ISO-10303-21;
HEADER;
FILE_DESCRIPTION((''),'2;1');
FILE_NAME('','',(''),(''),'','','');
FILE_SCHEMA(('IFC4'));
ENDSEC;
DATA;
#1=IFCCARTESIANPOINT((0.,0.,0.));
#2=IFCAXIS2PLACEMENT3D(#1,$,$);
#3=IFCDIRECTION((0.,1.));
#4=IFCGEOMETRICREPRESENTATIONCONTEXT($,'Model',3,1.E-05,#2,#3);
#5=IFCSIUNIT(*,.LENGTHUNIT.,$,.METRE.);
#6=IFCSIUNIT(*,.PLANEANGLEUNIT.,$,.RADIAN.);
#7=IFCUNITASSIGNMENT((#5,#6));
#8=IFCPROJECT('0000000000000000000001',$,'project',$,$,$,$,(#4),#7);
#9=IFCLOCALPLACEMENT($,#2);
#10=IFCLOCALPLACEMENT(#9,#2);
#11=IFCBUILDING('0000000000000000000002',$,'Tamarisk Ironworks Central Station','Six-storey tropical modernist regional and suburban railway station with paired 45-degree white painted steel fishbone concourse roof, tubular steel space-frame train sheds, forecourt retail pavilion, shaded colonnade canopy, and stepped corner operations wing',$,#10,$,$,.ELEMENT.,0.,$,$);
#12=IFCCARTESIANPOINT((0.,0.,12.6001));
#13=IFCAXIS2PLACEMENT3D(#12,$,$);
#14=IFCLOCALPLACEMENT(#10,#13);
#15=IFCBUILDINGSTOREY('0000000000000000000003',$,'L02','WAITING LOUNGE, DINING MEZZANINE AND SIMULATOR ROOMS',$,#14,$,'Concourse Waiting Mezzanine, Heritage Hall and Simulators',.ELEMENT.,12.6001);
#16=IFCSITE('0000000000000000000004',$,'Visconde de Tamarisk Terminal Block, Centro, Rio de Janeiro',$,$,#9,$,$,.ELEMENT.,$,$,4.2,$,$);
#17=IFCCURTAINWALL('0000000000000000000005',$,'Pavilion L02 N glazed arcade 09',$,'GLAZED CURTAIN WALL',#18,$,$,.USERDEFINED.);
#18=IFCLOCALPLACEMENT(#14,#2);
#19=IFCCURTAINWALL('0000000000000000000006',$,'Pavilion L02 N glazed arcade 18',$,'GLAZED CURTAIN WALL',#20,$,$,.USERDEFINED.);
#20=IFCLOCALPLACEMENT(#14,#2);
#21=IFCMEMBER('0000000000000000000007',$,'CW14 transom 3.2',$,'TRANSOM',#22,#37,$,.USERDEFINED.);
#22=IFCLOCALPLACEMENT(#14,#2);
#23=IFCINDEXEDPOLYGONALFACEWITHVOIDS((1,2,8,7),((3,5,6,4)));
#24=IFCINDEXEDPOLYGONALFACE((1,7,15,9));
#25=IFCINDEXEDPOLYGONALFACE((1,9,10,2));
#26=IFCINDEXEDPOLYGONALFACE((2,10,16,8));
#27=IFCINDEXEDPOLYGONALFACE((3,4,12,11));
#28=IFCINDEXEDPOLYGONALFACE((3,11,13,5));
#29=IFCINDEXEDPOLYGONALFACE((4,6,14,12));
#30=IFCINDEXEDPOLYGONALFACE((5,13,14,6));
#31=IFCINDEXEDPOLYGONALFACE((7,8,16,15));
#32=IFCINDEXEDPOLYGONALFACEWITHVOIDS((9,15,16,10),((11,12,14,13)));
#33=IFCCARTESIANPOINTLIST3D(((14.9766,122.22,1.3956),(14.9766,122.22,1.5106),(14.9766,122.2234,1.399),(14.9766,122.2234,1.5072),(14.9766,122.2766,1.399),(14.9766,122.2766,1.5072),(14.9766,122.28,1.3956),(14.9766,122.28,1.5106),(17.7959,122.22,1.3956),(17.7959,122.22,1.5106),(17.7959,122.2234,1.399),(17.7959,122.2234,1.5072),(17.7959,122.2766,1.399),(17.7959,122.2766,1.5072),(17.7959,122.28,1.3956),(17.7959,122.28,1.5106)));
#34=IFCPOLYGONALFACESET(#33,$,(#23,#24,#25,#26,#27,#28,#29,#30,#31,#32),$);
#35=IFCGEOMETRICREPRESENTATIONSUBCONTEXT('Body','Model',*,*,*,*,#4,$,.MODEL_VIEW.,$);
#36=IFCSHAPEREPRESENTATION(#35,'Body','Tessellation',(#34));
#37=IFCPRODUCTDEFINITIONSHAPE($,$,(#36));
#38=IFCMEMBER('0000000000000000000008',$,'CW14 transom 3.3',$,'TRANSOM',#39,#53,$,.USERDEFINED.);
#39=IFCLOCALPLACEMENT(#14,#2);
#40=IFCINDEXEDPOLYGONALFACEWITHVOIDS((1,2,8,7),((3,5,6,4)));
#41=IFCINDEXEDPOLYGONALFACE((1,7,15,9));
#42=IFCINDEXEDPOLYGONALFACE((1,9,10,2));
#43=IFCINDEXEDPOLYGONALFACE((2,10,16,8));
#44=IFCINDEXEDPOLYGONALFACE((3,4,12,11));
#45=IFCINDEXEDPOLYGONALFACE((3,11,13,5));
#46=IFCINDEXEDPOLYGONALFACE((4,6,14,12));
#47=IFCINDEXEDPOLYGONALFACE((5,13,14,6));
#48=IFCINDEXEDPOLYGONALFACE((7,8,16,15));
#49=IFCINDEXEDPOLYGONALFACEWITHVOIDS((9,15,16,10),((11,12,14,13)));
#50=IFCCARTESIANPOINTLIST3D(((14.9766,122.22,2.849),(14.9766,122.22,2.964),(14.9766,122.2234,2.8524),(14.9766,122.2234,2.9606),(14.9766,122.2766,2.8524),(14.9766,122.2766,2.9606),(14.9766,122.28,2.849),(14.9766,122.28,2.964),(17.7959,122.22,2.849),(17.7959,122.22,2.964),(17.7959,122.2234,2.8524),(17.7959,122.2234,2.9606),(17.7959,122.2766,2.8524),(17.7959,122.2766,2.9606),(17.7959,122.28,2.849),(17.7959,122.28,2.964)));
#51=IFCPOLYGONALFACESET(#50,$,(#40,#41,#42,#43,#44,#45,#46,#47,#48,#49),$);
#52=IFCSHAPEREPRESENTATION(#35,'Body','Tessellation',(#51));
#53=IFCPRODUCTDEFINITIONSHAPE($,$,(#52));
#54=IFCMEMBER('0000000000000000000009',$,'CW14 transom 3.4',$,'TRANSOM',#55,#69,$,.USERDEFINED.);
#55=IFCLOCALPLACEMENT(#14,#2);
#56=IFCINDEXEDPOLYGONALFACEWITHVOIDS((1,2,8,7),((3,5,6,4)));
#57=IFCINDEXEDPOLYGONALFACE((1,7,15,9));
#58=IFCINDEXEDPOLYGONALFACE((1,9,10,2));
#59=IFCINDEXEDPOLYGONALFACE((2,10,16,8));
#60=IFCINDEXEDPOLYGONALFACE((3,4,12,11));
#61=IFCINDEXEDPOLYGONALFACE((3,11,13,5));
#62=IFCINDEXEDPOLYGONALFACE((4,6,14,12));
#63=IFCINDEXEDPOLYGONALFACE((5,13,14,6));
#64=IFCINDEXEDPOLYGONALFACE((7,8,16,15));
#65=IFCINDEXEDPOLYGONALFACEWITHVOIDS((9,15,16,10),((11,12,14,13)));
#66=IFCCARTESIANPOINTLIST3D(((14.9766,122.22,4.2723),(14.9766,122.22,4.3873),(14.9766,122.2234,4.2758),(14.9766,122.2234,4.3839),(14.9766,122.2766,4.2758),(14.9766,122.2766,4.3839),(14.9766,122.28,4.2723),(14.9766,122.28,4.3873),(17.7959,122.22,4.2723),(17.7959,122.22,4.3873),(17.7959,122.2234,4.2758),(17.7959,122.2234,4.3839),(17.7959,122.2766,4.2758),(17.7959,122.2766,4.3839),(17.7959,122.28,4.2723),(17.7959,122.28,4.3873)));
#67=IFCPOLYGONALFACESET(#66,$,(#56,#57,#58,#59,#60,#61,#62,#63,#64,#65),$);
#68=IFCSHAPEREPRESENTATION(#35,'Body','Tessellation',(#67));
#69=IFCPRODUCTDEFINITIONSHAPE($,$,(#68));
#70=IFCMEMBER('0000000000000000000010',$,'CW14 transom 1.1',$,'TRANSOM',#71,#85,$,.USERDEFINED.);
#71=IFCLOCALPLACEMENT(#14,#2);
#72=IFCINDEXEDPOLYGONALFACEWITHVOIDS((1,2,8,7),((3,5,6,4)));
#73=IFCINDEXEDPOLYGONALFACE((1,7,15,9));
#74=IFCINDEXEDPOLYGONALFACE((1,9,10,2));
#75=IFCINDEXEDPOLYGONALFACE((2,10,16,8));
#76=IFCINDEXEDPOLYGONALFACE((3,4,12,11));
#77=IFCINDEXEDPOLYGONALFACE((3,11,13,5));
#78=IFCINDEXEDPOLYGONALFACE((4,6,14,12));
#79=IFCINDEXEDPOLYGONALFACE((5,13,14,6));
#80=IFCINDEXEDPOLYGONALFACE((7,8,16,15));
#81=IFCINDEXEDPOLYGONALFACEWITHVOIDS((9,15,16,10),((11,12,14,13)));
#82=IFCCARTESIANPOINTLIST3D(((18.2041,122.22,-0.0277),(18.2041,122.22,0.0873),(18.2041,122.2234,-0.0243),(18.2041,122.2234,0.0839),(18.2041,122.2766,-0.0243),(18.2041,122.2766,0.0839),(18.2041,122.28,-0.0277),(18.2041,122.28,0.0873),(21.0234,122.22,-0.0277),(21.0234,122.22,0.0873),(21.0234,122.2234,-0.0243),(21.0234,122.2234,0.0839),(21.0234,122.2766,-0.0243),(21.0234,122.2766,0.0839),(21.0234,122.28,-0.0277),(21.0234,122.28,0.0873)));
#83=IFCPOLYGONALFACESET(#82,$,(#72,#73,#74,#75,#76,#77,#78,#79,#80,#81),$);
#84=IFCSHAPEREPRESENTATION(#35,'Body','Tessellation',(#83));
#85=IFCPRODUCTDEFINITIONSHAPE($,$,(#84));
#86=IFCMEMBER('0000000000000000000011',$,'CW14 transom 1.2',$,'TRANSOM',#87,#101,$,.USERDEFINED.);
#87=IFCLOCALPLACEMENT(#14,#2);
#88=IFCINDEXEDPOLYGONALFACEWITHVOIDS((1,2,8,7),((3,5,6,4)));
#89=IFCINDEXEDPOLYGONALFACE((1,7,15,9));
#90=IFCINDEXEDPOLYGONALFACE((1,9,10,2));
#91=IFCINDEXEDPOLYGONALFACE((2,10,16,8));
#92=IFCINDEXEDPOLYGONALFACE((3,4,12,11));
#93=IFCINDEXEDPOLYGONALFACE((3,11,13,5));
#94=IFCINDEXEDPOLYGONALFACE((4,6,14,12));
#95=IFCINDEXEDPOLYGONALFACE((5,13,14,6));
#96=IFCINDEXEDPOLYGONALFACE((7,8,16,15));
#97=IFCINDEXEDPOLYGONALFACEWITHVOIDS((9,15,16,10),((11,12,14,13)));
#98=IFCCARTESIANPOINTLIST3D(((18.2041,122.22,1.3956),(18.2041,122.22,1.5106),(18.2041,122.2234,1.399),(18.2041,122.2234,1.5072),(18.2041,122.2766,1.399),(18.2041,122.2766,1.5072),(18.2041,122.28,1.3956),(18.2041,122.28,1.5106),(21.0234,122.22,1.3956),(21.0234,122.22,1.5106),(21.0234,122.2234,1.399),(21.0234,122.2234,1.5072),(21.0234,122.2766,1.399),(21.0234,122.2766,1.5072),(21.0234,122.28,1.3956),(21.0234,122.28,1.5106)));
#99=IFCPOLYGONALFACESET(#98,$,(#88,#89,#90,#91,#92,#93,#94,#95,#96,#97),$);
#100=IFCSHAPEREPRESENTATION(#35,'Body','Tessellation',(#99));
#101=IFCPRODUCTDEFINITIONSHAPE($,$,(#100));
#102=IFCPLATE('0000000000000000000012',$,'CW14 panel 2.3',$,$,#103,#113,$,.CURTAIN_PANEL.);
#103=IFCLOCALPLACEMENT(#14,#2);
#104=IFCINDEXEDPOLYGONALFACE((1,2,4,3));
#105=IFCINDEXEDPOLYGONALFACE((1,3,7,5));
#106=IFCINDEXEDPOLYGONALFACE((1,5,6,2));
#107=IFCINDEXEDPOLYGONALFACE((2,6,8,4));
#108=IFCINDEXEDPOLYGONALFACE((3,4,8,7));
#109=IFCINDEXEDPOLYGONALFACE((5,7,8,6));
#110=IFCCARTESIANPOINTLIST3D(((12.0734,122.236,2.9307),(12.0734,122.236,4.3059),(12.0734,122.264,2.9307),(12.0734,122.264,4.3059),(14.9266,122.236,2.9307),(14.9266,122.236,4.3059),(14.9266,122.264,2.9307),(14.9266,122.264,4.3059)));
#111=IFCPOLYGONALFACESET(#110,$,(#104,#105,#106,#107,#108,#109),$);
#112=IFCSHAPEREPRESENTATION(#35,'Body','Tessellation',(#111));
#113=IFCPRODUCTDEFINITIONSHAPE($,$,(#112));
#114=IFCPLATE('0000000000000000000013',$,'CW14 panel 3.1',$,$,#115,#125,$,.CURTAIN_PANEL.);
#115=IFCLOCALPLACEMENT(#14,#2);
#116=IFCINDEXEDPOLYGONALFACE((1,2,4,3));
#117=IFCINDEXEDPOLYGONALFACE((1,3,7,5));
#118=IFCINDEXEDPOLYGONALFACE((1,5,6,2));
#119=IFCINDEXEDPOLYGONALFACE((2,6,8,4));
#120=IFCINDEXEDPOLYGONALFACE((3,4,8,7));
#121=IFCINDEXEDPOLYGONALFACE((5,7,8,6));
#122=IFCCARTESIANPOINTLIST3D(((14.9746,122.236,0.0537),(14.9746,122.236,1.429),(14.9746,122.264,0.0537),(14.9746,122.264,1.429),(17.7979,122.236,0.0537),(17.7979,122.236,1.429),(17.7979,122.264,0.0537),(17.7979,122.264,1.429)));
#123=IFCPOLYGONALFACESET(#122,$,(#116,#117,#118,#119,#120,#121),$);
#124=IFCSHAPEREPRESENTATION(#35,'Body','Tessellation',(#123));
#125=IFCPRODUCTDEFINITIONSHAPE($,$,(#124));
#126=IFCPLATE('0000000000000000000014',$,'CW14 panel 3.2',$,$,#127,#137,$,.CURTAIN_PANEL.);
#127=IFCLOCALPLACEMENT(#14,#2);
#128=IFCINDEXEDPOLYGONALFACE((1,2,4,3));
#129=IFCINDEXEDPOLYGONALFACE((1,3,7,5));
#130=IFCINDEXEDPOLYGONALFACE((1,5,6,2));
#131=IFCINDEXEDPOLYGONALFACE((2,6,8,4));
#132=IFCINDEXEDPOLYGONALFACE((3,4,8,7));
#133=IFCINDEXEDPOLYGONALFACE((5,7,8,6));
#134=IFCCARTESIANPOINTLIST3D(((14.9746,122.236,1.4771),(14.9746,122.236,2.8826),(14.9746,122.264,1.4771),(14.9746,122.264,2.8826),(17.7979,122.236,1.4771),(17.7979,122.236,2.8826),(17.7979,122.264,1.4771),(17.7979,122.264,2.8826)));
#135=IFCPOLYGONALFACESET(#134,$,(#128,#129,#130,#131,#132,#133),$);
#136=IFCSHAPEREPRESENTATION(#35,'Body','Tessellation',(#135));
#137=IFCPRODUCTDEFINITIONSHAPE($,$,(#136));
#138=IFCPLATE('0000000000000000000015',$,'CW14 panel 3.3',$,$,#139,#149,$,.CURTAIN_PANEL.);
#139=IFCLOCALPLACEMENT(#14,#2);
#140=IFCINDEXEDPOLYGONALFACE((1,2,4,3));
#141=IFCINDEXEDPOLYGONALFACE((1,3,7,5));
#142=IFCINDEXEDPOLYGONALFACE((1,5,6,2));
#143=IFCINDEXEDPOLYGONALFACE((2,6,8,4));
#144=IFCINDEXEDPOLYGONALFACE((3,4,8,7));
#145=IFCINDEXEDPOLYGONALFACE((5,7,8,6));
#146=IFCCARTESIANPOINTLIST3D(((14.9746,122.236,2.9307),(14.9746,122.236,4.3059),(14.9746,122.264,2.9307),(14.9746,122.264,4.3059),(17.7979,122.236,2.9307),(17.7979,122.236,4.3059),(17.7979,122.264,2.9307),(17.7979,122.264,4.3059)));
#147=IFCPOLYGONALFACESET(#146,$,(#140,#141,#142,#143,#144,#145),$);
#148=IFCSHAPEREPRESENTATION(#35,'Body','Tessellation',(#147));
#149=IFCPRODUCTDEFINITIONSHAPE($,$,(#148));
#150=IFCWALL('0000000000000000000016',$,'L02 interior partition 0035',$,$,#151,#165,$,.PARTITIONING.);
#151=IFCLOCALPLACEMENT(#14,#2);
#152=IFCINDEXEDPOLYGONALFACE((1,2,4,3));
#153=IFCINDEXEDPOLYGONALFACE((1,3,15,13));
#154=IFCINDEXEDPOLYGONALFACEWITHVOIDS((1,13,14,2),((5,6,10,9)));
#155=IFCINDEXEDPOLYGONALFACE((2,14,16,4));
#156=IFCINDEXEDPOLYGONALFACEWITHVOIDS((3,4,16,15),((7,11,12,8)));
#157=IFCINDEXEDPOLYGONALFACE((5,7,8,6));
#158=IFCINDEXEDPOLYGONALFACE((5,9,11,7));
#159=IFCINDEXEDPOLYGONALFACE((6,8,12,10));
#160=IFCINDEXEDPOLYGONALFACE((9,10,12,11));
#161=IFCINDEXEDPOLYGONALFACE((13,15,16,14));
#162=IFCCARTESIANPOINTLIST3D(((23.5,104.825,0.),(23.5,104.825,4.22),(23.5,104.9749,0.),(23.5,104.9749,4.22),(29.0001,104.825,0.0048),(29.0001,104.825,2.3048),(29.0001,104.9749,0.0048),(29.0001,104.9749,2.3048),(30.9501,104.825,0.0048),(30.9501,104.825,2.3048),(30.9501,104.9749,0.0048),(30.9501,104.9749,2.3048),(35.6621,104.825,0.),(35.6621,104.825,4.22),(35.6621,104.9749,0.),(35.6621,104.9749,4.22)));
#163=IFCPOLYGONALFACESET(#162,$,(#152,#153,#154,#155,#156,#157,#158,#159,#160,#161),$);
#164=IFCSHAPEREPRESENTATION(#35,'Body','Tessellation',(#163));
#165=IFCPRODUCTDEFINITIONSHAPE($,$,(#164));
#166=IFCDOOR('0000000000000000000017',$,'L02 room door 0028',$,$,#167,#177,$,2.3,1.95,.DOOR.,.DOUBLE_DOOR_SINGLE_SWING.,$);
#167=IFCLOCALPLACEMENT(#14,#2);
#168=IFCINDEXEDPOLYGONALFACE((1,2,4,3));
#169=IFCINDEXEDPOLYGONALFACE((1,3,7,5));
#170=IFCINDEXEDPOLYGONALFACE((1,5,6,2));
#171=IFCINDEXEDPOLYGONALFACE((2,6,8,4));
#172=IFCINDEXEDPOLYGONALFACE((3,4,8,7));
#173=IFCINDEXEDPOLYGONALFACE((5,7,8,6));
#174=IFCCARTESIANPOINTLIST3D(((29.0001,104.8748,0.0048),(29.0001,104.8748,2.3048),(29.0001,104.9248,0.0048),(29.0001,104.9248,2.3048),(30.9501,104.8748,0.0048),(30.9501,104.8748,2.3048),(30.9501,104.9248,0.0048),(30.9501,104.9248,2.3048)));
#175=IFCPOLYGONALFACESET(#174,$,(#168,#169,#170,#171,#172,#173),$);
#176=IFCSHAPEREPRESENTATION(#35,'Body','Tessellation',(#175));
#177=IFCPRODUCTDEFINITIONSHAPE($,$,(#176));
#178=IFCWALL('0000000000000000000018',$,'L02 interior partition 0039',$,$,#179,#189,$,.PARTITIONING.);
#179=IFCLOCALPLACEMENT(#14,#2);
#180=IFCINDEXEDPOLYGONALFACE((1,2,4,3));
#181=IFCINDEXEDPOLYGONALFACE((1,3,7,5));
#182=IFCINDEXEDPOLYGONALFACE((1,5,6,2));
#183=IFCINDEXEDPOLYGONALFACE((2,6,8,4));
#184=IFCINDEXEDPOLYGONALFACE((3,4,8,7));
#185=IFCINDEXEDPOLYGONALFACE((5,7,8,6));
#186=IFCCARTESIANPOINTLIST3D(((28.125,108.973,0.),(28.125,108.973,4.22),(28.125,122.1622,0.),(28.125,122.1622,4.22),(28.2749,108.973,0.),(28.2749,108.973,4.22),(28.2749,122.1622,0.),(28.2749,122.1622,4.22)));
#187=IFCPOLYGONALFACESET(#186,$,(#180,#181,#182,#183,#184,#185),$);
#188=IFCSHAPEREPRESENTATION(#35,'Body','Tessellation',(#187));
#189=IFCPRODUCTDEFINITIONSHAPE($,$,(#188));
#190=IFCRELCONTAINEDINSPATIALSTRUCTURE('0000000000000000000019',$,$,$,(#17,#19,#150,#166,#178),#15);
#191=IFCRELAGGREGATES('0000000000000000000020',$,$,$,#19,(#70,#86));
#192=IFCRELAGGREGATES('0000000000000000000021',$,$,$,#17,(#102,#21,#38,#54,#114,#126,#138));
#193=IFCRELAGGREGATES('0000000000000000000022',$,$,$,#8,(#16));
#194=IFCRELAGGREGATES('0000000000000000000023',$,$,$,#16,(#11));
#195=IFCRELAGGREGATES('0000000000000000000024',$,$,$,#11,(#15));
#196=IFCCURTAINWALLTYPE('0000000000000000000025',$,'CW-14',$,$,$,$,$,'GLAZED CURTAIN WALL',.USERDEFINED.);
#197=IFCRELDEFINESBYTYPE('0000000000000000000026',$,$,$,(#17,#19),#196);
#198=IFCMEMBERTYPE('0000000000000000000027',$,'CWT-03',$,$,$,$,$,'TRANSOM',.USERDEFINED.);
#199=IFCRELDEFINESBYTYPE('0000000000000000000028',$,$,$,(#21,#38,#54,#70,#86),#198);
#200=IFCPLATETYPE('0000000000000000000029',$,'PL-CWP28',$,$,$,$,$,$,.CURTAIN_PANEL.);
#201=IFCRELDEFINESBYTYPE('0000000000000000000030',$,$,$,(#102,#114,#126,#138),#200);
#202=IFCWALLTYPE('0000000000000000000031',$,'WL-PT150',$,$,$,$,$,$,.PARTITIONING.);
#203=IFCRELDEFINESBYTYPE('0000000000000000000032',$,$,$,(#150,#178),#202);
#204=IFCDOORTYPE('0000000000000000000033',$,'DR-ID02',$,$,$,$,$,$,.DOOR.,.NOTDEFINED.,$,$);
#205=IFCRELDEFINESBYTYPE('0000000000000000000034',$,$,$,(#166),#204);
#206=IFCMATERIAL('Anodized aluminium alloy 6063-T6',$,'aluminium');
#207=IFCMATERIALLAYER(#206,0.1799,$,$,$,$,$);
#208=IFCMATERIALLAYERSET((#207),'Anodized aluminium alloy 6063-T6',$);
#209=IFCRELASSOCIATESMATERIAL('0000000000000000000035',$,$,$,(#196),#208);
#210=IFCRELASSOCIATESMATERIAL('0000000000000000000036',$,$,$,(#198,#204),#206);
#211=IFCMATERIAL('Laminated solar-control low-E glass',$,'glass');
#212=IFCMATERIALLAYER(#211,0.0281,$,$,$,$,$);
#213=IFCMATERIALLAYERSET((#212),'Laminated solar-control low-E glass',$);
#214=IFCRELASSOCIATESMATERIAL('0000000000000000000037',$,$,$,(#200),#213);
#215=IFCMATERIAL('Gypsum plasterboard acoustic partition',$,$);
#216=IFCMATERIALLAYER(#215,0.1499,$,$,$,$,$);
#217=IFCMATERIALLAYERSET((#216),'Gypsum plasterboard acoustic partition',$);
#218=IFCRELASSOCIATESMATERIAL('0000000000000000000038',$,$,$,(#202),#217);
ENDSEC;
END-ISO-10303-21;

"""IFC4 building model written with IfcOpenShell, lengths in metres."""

from ifc_helpers import new_model, si_unit, direction, frame, frame_2d, origin, origin_2d, place, context, subcontext, project, spatial, rectangle, hollow_rectangle, extrude, material, layer, layer_set, material_profile, profile_set, type_object, element, fill, aggregate, save


model = new_model("IFC4")

# Units and contexts
model_context = context("Model", 3, precision=1e-05, world=origin(), true_north=direction((0.0, 1.0)))
body_context = subcontext(model_context, "Body", "Model", "MODEL_VIEW")
ifc_project = project(units=[si_unit("LENGTHUNIT", "METRE"), si_unit("PLANEANGLEUNIT", "RADIAN")], contexts=[model_context])

# Site, building, storey
site_placement = place(None, origin())
site = spatial("IfcSite", under=ifc_project, at=site_placement, Name="Visconde de Tamarisk Terminal Block, Centro, Rio de Janeiro", CompositionType="ELEMENT", RefElevation=4.2)
building_placement = place(site_placement, origin())
building = spatial("IfcBuilding", under=site, at=building_placement, Name="Tamarisk Ironworks Central Station", Description="Six-storey tropical modernist regional and suburban railway station with paired 45-degree white painted steel fishbone concourse roof, tubular steel space-frame train sheds, forecourt retail pavilion, shaded colonnade canopy, and stepped corner operations wing", CompositionType="ELEMENT", ElevationOfRefHeight=0.0)
storey_placement = place(building_placement, frame((0.0, 0.0, 12.6001)))
storey = spatial("IfcBuildingStorey", under=building, at=storey_placement, Name="L02", Description="WAITING LOUNGE, DINING MEZZANINE AND SIMULATOR ROOMS", LongName="Concourse Waiting Mezzanine, Heritage Hall and Simulators", CompositionType="ELEMENT", Elevation=12.6001)

# Curtain wall
ifc_material_1 = material(Name="Anodized aluminium alloy 6063-T6", Category="aluminium")
ifc_layer_1 = layer(ifc_material_1, 0.1799)
ifc_layer_set_1 = layer_set([ifc_layer_1], Name="Anodized aluminium alloy 6063-T6")
curtain_wall_type = type_object("IfcCurtainWallType", Name="CW-14", ElementType="GLAZED CURTAIN WALL", PredefinedType="USERDEFINED", material=ifc_layer_set_1)
curtain_wall_1_placement = place(storey_placement, origin())
curtain_wall_1 = element("IfcCurtainWall", 1, at=curtain_wall_1_placement, inside=storey, type_object=curtain_wall_type, Name="Pavilion L02 N glazed arcade 09", ObjectType="GLAZED CURTAIN WALL", PredefinedType="USERDEFINED")

# Curtain wall
curtain_wall_2_placement = place(storey_placement, origin())
curtain_wall_2 = element("IfcCurtainWall", 2, at=curtain_wall_2_placement, inside=storey, type_object=curtain_wall_type, Name="Pavilion L02 N glazed arcade 18", ObjectType="GLAZED CURTAIN WALL", PredefinedType="USERDEFINED")

# Members
ifc_material_profile_1 = material_profile(ifc_material_1, hollow_rectangle(XDim=0.0601, YDim=0.115, WallThickness=0.0034, at=origin_2d()), Name="ALUM 115x60")
ifc_profile_set_1 = profile_set([ifc_material_profile_1], Name="Anodized aluminium alloy 6063-T6")
member_type_1 = type_object("IfcMemberType", Name="CWT-03", ElementType="TRANSOM", PredefinedType="USERDEFINED", material=ifc_profile_set_1)
member_1_placement = place(storey_placement, frame((14.9766, 122.25, 1.4531), z_axis=(1.0, 0.0, 0.0), x_axis=(0.0, 1.0, 0.0)))
member_1 = element("IfcMember", 3, at=member_1_placement, type_object=member_type_1, Name="CW14 transom 3.2", ObjectType="TRANSOM", PredefinedType="USERDEFINED", context=body_context, shape_type="SweptSolid", body=[
    extrude(hollow_rectangle(XDim=0.0601, YDim=0.115, WallThickness=0.0034, at=origin_2d()), origin(), (0.0, 0.0, 1.0), 2.8193),
])
member_2_placement = place(storey_placement, frame((14.9766, 122.25, 2.9065), z_axis=(1.0, 0.0, 0.0), x_axis=(0.0, 1.0, 0.0)))
member_2 = element("IfcMember", 4, at=member_2_placement, type_object=member_type_1, Name="CW14 transom 3.3", ObjectType="TRANSOM", PredefinedType="USERDEFINED", context=body_context, shape_type="SweptSolid", body=[
    extrude(hollow_rectangle(XDim=0.0601, YDim=0.115, WallThickness=0.0034, at=origin_2d()), origin(), (0.0, 0.0, 1.0), 2.8193),
])
member_3_placement = place(storey_placement, frame((14.9766, 122.25, 4.3298), z_axis=(1.0, 0.0, 0.0), x_axis=(0.0, 1.0, 0.0)))
member_3 = element("IfcMember", 5, at=member_3_placement, type_object=member_type_1, Name="CW14 transom 3.4", ObjectType="TRANSOM", PredefinedType="USERDEFINED", context=body_context, shape_type="SweptSolid", body=[
    extrude(hollow_rectangle(XDim=0.0601, YDim=0.115, WallThickness=0.0034, at=origin_2d()), origin(), (0.0, 0.0, 1.0), 2.8193),
])
member_4_placement = place(storey_placement, frame((18.2041, 122.25, 0.0298), z_axis=(1.0, 0.0, 0.0), x_axis=(0.0, 1.0, 0.0)))
member_4 = element("IfcMember", 6, at=member_4_placement, type_object=member_type_1, Name="CW14 transom 1.1", ObjectType="TRANSOM", PredefinedType="USERDEFINED", context=body_context, shape_type="SweptSolid", body=[
    extrude(hollow_rectangle(XDim=0.0601, YDim=0.115, WallThickness=0.0034, at=origin_2d()), origin(), (0.0, 0.0, 1.0), 2.8193),
])
member_5_placement = place(storey_placement, frame((18.2041, 122.25, 1.4531), z_axis=(1.0, 0.0, 0.0), x_axis=(0.0, 1.0, 0.0)))
member_5 = element("IfcMember", 7, at=member_5_placement, type_object=member_type_1, Name="CW14 transom 1.2", ObjectType="TRANSOM", PredefinedType="USERDEFINED", context=body_context, shape_type="SweptSolid", body=[
    extrude(hollow_rectangle(XDim=0.0601, YDim=0.115, WallThickness=0.0034, at=origin_2d()), origin(), (0.0, 0.0, 1.0), 2.8193),
])
aggregate(curtain_wall_2, [member_4, member_5])

# Plates
ifc_material_2 = material(Name="Laminated solar-control low-E glass", Category="glass")
ifc_layer_2 = layer(ifc_material_2, 0.0281)
ifc_layer_set_2 = layer_set([ifc_layer_2], Name="Laminated solar-control low-E glass")
plate_type = type_object("IfcPlateType", Name="PL-CWP28", PredefinedType="CURTAIN_PANEL", material=ifc_layer_set_2)
plate_1_placement = place(storey_placement, frame((13.5, 122.25, 2.9307), z_axis=(0.0, 0.0, 1.0), x_axis=(1.0, 0.0, 0.0)))
plate_1 = element("IfcPlate", 8, at=plate_1_placement, type_object=plate_type, Name="CW14 panel 2.3", PredefinedType="CURTAIN_PANEL", context=body_context, shape_type="SweptSolid", body=[
    extrude(rectangle(XDim=2.8533, YDim=0.0281, at=origin_2d()), origin(), (0.0, 0.0, 1.0), 1.3752),
])
plate_2_placement = place(storey_placement, frame((16.3862, 122.25, 0.0537), z_axis=(0.0, 0.0, 1.0), x_axis=(1.0, 0.0, 0.0)))
plate_2 = element("IfcPlate", 9, at=plate_2_placement, type_object=plate_type, Name="CW14 panel 3.1", PredefinedType="CURTAIN_PANEL", context=body_context, shape_type="SweptSolid", body=[
    extrude(rectangle(XDim=2.8232, YDim=0.0281, at=origin_2d()), origin(), (0.0, 0.0, 1.0), 1.3752),
])
plate_3_placement = place(storey_placement, frame((16.3862, 122.25, 1.4771), z_axis=(0.0, 0.0, 1.0), x_axis=(1.0, 0.0, 0.0)))
plate_3 = element("IfcPlate", 10, at=plate_3_placement, type_object=plate_type, Name="CW14 panel 3.2", PredefinedType="CURTAIN_PANEL", context=body_context, shape_type="SweptSolid", body=[
    extrude(rectangle(XDim=2.8232, YDim=0.0281, at=origin_2d()), origin(), (0.0, 0.0, 1.0), 1.4055),
])
plate_4_placement = place(storey_placement, frame((16.3862, 122.25, 2.9307), z_axis=(0.0, 0.0, 1.0), x_axis=(1.0, 0.0, 0.0)))
plate_4 = element("IfcPlate", 11, at=plate_4_placement, type_object=plate_type, Name="CW14 panel 3.3", PredefinedType="CURTAIN_PANEL", context=body_context, shape_type="SweptSolid", body=[
    extrude(rectangle(XDim=2.8232, YDim=0.0281, at=origin_2d()), origin(), (0.0, 0.0, 1.0), 1.3752),
])
aggregate(curtain_wall_1, [plate_1, member_1, member_2, member_3, plate_2, plate_3, plate_4])

# Wall, opening, door
ifc_material_3 = material(Name="Gypsum plasterboard acoustic partition")
ifc_layer_3 = layer(ifc_material_3, 0.1499)
ifc_layer_set_3 = layer_set([ifc_layer_3], Name="Gypsum plasterboard acoustic partition")
wall_type = type_object("IfcWallType", Name="WL-PT150", PredefinedType="PARTITIONING", material=ifc_layer_set_3)
wall_1_placement = place(storey_placement, frame((23.5, 104.8999, 0.0), z_axis=(0.0, 0.0, 1.0), x_axis=(1.0, 0.0, 0.0)))
wall_1 = element("IfcWall", 12, at=wall_1_placement, inside=storey, type_object=wall_type, Name="L02 interior partition 0035", PredefinedType="PARTITIONING", context=body_context, shape_type="SweptSolid", body=[
    extrude(rectangle(XDim=12.1621, YDim=0.1499, at=frame_2d((6.0811, 0.0))), origin(), (0.0, 0.0, 1.0), 4.22),
])
opening_placement = place(wall_1_placement, frame((5.5, 0.0, 0.0049)))
opening = element("IfcOpeningElement", 13, at=opening_placement, cuts=wall_1, PredefinedType="OPENING", context=body_context, shape_type="SweptSolid", body=[
    extrude(rectangle(XDim=1.95, YDim=2.3, at=frame_2d((0.9751, 1.1499))), frame((0.0, 0.0869, 0.0), z_axis=(0.0, -1.0, 0.0), x_axis=(1.0, 0.0, 0.0)), (0.0, 0.0, 1.0), 0.1738),
])
door_type = type_object("IfcDoorType", Name="DR-ID02", OperationType="NOTDEFINED", PredefinedType="DOOR", material=ifc_material_1)
door_placement = place(opening_placement, origin())
door = element("IfcDoor", 14, at=door_placement, inside=storey, type_object=door_type, Name="L02 room door 0028", OperationType="DOUBLE_DOOR_SINGLE_SWING", OverallHeight=2.3, OverallWidth=1.95, PredefinedType="DOOR", context=body_context, shape_type="SweptSolid", body=[
    extrude(rectangle(XDim=1.95, YDim=2.3, at=frame_2d((0.9751, 1.1499))), frame((0.0, 0.0249, 0.0), z_axis=(0.0, -1.0, 0.0), x_axis=(1.0, 0.0, 0.0)), (0.0, 0.0, 1.0), 0.05),
])
fill(opening, door)

# Wall
wall_2_placement = place(storey_placement, frame((28.2, 108.9729, 0.0), z_axis=(0.0, 0.0, 1.0), x_axis=(0.0, 1.0, 0.0)))
element("IfcWall", 15, at=wall_2_placement, inside=storey, type_object=wall_type, Name="L02 interior partition 0039", PredefinedType="PARTITIONING", context=body_context, shape_type="SweptSolid", body=[
    extrude(rectangle(XDim=13.1892, YDim=0.1499, at=frame_2d((6.5947, 0.0))), origin(), (0.0, 0.0, 1.0), 4.22),
])

save(model, "model.ifc")
